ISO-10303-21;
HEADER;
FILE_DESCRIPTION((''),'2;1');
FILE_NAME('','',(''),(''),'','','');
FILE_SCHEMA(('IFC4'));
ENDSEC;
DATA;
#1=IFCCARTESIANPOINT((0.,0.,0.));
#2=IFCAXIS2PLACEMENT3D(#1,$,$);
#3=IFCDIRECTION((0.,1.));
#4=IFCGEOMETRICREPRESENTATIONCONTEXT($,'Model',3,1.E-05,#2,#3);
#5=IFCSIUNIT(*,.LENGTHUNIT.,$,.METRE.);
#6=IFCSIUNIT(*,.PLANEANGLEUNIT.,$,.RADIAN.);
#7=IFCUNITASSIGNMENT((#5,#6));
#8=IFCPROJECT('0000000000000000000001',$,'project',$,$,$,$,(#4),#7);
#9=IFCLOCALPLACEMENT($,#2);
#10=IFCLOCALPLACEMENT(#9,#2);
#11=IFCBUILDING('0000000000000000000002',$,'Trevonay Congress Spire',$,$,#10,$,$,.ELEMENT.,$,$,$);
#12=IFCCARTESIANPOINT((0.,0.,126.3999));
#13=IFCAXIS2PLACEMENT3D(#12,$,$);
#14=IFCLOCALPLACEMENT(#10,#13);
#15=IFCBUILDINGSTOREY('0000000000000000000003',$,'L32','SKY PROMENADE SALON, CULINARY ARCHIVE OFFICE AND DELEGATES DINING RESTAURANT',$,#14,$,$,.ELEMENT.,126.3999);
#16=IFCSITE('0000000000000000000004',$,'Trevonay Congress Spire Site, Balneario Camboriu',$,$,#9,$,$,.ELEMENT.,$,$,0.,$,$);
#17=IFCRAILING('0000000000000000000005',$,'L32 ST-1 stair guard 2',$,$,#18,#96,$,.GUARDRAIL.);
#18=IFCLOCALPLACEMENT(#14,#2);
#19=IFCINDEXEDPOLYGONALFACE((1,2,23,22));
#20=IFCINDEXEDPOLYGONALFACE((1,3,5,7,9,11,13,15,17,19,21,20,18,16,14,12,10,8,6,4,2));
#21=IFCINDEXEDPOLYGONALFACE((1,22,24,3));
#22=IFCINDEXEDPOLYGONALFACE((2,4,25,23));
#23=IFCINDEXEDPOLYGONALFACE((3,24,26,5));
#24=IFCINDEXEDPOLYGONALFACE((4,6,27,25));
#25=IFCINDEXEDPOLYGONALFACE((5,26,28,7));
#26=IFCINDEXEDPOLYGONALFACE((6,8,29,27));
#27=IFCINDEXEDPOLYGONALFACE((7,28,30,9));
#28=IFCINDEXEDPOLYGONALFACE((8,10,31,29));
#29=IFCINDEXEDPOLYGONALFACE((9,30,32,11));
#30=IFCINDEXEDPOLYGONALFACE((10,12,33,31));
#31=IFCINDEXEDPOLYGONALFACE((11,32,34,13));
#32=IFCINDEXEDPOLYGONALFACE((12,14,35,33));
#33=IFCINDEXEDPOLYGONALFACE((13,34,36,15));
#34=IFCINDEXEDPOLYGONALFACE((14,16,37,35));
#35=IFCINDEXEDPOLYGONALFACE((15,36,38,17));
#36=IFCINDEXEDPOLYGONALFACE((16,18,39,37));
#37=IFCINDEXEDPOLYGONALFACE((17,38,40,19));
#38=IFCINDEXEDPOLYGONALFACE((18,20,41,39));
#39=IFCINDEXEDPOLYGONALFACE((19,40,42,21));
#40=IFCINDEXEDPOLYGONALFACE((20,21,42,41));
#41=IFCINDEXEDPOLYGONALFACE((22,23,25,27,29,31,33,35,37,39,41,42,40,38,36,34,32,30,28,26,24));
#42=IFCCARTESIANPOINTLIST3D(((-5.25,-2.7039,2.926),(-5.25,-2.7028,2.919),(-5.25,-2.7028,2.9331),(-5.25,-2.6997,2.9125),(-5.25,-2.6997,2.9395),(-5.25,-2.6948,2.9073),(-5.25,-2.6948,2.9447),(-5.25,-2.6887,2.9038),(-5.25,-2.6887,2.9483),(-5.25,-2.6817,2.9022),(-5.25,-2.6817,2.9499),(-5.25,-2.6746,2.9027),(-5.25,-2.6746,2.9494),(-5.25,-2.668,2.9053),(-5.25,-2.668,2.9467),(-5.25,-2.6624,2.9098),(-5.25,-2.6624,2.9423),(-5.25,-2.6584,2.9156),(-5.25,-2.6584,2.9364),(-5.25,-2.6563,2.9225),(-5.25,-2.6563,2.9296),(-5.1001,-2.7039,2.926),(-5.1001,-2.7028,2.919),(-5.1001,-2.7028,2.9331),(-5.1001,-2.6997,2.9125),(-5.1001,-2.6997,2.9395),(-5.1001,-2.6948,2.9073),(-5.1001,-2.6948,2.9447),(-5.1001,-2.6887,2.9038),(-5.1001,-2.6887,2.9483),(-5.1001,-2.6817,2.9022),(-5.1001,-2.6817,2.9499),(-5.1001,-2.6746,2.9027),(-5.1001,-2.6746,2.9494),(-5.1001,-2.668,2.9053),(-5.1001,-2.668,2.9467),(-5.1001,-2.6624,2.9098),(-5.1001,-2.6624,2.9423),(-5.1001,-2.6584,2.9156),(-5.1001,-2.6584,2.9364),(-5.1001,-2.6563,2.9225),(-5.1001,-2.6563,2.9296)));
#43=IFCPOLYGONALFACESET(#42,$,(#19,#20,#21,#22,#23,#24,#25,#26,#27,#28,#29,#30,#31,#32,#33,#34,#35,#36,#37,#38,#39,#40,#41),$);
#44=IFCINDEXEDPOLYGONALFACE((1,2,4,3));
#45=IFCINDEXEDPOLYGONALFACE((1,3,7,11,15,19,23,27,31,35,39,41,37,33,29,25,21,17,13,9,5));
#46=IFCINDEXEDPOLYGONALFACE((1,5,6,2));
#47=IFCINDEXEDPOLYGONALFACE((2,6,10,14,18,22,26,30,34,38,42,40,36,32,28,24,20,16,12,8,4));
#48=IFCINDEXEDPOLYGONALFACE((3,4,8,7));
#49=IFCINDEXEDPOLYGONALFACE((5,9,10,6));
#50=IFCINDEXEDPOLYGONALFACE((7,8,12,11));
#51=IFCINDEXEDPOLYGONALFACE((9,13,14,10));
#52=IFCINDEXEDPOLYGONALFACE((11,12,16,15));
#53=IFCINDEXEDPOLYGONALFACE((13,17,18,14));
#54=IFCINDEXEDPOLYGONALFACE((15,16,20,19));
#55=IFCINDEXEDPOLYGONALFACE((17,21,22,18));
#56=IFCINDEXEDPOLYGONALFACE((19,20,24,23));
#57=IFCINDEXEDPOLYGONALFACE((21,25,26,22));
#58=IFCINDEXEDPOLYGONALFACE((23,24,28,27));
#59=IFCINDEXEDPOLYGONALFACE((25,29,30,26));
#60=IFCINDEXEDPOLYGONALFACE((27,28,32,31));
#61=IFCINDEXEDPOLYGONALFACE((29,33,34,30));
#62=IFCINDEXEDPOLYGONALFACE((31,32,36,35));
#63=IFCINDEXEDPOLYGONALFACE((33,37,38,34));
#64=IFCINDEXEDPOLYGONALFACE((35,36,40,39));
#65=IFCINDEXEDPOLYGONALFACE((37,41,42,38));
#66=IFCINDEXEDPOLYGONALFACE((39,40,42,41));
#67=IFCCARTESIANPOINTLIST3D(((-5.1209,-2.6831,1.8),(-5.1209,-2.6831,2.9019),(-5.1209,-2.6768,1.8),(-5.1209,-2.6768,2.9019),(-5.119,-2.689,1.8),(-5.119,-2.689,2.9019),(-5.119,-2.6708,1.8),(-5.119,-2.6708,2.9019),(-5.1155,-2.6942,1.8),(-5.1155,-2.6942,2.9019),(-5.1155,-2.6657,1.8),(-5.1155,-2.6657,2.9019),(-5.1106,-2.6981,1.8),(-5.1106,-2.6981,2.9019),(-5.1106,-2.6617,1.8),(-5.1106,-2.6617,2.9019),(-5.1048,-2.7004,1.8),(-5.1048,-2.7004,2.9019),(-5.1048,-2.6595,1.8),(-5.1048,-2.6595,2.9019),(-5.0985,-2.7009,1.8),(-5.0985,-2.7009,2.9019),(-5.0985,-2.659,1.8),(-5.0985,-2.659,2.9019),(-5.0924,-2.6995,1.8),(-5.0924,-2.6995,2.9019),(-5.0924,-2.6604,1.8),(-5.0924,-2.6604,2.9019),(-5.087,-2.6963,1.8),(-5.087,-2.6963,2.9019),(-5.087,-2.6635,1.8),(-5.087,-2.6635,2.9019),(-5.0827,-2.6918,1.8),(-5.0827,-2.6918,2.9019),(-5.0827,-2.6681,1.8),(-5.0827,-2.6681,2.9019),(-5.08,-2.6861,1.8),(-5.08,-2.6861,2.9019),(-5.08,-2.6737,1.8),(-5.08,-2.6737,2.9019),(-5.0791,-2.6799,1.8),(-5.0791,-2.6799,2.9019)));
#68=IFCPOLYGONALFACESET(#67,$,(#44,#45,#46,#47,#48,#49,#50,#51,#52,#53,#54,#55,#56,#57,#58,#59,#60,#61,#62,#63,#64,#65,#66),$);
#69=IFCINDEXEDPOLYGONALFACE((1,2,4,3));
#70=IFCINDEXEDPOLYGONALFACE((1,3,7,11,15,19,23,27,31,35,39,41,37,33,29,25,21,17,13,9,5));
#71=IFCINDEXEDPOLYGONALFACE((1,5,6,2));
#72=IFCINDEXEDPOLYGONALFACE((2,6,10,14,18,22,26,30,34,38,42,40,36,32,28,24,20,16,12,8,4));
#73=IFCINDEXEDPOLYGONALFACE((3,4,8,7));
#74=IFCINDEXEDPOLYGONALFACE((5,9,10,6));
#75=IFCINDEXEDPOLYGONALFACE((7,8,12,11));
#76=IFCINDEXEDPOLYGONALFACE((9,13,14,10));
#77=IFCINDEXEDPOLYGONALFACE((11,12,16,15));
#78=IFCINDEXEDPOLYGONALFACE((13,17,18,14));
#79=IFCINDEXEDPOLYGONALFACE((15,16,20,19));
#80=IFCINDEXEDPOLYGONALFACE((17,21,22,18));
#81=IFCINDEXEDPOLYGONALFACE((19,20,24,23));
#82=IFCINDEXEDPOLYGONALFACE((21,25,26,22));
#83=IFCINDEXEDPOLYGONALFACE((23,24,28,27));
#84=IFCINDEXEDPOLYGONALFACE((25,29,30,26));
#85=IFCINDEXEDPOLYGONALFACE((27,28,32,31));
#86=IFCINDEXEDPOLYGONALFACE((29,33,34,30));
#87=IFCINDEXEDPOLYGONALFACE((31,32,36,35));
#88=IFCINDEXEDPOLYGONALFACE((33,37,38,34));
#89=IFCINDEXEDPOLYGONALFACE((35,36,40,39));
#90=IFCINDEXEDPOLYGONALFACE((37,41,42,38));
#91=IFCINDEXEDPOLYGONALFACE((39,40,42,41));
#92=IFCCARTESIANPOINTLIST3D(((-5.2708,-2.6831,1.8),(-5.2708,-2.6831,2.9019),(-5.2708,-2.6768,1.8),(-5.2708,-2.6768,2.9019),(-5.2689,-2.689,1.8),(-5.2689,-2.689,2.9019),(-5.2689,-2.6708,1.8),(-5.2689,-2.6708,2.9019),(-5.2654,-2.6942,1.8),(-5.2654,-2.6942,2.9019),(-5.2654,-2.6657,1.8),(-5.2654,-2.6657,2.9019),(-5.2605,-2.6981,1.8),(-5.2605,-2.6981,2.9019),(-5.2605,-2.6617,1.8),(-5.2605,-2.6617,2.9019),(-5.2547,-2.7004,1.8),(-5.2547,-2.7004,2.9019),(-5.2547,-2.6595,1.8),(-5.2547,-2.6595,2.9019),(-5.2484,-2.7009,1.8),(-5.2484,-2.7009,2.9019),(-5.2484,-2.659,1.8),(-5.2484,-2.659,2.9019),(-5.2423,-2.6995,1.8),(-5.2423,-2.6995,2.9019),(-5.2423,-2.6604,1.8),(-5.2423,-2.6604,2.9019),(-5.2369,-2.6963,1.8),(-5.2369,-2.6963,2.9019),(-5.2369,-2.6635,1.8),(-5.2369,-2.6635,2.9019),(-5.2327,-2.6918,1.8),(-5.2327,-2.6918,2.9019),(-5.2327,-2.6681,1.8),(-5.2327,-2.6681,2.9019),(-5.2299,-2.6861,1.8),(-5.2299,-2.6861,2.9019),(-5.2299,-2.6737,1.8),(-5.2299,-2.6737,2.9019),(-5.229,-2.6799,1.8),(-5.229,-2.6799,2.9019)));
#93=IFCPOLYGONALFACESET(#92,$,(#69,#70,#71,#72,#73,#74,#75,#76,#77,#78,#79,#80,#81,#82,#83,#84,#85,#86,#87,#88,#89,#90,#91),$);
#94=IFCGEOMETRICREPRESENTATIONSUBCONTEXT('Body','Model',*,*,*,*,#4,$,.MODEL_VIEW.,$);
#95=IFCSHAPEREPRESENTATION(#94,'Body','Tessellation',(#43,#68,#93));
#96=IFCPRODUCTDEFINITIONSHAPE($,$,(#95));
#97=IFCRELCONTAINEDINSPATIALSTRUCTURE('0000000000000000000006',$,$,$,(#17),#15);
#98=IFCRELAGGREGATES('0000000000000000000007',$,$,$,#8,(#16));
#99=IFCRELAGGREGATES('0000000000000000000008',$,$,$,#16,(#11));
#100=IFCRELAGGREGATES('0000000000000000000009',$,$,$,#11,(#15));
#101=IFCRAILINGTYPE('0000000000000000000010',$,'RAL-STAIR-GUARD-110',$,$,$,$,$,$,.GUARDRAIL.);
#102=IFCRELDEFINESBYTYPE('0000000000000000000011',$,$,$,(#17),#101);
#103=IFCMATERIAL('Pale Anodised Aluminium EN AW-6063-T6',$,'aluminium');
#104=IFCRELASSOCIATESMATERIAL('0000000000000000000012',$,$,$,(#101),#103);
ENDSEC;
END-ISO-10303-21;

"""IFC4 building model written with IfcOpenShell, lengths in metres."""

from ifc_helpers import new_model, si_unit, direction, frame, origin, origin_2d, place, context, subcontext, project, spatial, circle, extrude, material, type_object, element, save


model = new_model("IFC4")

# Units and contexts
model_context = context("Model", 3, precision=1e-05, world=origin(), true_north=direction((0.0, 1.0)))
body_context = subcontext(model_context, "Body", "Model", "MODEL_VIEW")
ifc_project = project(units=[si_unit("LENGTHUNIT", "METRE"), si_unit("PLANEANGLEUNIT", "RADIAN")], contexts=[model_context])

# Site, building, storey
site_placement = place(None, origin())
site = spatial("IfcSite", under=ifc_project, at=site_placement, Name="Trevonay Congress Spire Site, Balneario Camboriu", CompositionType="ELEMENT", RefElevation=0.0)
building_placement = place(site_placement, origin())
building = spatial("IfcBuilding", under=site, at=building_placement, Name="Trevonay Congress Spire", CompositionType="ELEMENT")
storey_placement = place(building_placement, frame((0.0, 0.0, 126.3999)))
storey = spatial("IfcBuildingStorey", under=building, at=storey_placement, Name="L32", Description="SKY PROMENADE SALON, CULINARY ARCHIVE OFFICE AND DELEGATES DINING RESTAURANT", CompositionType="ELEMENT", Elevation=126.3999)

# Shared definitions
ifc_material_1 = material(Name="Pale Anodised Aluminium EN AW-6063-T6", Category="aluminium")

# Railing
railing_type_1 = type_object("IfcRailingType", Name="RAL-STAIR-GUARD-110", PredefinedType="GUARDRAIL", material=ifc_material_1)
railing_1_placement = place(storey_placement, frame((-5.1001, -2.6799, 1.8)))
element("IfcRailing", 1, at=railing_1_placement, inside=storey, type_object=railing_type_1, Name="L32 ST-1 stair guard 2", PredefinedType="GUARDRAIL", context=body_context, shape_type="SweptSolid", body=[
    extrude(circle(Radius=0.0239, at=origin_2d()), frame((0.0, 0.0, 1.126), z_axis=(-1.0, 0.0, 0.0), x_axis=(0.0, -1.0, 0.0)), (0.0, 0.0, 1.0), 0.1499),
    extrude(circle(Radius=0.021, at=origin_2d()), origin(), (0.0, 0.0, 1.0), 1.1018),
    extrude(circle(Radius=0.021, at=origin_2d()), frame((-0.1499, 0.0, 0.0)), (0.0, 0.0, 1.0), 1.1018),
])

save(model, "model.ifc")
